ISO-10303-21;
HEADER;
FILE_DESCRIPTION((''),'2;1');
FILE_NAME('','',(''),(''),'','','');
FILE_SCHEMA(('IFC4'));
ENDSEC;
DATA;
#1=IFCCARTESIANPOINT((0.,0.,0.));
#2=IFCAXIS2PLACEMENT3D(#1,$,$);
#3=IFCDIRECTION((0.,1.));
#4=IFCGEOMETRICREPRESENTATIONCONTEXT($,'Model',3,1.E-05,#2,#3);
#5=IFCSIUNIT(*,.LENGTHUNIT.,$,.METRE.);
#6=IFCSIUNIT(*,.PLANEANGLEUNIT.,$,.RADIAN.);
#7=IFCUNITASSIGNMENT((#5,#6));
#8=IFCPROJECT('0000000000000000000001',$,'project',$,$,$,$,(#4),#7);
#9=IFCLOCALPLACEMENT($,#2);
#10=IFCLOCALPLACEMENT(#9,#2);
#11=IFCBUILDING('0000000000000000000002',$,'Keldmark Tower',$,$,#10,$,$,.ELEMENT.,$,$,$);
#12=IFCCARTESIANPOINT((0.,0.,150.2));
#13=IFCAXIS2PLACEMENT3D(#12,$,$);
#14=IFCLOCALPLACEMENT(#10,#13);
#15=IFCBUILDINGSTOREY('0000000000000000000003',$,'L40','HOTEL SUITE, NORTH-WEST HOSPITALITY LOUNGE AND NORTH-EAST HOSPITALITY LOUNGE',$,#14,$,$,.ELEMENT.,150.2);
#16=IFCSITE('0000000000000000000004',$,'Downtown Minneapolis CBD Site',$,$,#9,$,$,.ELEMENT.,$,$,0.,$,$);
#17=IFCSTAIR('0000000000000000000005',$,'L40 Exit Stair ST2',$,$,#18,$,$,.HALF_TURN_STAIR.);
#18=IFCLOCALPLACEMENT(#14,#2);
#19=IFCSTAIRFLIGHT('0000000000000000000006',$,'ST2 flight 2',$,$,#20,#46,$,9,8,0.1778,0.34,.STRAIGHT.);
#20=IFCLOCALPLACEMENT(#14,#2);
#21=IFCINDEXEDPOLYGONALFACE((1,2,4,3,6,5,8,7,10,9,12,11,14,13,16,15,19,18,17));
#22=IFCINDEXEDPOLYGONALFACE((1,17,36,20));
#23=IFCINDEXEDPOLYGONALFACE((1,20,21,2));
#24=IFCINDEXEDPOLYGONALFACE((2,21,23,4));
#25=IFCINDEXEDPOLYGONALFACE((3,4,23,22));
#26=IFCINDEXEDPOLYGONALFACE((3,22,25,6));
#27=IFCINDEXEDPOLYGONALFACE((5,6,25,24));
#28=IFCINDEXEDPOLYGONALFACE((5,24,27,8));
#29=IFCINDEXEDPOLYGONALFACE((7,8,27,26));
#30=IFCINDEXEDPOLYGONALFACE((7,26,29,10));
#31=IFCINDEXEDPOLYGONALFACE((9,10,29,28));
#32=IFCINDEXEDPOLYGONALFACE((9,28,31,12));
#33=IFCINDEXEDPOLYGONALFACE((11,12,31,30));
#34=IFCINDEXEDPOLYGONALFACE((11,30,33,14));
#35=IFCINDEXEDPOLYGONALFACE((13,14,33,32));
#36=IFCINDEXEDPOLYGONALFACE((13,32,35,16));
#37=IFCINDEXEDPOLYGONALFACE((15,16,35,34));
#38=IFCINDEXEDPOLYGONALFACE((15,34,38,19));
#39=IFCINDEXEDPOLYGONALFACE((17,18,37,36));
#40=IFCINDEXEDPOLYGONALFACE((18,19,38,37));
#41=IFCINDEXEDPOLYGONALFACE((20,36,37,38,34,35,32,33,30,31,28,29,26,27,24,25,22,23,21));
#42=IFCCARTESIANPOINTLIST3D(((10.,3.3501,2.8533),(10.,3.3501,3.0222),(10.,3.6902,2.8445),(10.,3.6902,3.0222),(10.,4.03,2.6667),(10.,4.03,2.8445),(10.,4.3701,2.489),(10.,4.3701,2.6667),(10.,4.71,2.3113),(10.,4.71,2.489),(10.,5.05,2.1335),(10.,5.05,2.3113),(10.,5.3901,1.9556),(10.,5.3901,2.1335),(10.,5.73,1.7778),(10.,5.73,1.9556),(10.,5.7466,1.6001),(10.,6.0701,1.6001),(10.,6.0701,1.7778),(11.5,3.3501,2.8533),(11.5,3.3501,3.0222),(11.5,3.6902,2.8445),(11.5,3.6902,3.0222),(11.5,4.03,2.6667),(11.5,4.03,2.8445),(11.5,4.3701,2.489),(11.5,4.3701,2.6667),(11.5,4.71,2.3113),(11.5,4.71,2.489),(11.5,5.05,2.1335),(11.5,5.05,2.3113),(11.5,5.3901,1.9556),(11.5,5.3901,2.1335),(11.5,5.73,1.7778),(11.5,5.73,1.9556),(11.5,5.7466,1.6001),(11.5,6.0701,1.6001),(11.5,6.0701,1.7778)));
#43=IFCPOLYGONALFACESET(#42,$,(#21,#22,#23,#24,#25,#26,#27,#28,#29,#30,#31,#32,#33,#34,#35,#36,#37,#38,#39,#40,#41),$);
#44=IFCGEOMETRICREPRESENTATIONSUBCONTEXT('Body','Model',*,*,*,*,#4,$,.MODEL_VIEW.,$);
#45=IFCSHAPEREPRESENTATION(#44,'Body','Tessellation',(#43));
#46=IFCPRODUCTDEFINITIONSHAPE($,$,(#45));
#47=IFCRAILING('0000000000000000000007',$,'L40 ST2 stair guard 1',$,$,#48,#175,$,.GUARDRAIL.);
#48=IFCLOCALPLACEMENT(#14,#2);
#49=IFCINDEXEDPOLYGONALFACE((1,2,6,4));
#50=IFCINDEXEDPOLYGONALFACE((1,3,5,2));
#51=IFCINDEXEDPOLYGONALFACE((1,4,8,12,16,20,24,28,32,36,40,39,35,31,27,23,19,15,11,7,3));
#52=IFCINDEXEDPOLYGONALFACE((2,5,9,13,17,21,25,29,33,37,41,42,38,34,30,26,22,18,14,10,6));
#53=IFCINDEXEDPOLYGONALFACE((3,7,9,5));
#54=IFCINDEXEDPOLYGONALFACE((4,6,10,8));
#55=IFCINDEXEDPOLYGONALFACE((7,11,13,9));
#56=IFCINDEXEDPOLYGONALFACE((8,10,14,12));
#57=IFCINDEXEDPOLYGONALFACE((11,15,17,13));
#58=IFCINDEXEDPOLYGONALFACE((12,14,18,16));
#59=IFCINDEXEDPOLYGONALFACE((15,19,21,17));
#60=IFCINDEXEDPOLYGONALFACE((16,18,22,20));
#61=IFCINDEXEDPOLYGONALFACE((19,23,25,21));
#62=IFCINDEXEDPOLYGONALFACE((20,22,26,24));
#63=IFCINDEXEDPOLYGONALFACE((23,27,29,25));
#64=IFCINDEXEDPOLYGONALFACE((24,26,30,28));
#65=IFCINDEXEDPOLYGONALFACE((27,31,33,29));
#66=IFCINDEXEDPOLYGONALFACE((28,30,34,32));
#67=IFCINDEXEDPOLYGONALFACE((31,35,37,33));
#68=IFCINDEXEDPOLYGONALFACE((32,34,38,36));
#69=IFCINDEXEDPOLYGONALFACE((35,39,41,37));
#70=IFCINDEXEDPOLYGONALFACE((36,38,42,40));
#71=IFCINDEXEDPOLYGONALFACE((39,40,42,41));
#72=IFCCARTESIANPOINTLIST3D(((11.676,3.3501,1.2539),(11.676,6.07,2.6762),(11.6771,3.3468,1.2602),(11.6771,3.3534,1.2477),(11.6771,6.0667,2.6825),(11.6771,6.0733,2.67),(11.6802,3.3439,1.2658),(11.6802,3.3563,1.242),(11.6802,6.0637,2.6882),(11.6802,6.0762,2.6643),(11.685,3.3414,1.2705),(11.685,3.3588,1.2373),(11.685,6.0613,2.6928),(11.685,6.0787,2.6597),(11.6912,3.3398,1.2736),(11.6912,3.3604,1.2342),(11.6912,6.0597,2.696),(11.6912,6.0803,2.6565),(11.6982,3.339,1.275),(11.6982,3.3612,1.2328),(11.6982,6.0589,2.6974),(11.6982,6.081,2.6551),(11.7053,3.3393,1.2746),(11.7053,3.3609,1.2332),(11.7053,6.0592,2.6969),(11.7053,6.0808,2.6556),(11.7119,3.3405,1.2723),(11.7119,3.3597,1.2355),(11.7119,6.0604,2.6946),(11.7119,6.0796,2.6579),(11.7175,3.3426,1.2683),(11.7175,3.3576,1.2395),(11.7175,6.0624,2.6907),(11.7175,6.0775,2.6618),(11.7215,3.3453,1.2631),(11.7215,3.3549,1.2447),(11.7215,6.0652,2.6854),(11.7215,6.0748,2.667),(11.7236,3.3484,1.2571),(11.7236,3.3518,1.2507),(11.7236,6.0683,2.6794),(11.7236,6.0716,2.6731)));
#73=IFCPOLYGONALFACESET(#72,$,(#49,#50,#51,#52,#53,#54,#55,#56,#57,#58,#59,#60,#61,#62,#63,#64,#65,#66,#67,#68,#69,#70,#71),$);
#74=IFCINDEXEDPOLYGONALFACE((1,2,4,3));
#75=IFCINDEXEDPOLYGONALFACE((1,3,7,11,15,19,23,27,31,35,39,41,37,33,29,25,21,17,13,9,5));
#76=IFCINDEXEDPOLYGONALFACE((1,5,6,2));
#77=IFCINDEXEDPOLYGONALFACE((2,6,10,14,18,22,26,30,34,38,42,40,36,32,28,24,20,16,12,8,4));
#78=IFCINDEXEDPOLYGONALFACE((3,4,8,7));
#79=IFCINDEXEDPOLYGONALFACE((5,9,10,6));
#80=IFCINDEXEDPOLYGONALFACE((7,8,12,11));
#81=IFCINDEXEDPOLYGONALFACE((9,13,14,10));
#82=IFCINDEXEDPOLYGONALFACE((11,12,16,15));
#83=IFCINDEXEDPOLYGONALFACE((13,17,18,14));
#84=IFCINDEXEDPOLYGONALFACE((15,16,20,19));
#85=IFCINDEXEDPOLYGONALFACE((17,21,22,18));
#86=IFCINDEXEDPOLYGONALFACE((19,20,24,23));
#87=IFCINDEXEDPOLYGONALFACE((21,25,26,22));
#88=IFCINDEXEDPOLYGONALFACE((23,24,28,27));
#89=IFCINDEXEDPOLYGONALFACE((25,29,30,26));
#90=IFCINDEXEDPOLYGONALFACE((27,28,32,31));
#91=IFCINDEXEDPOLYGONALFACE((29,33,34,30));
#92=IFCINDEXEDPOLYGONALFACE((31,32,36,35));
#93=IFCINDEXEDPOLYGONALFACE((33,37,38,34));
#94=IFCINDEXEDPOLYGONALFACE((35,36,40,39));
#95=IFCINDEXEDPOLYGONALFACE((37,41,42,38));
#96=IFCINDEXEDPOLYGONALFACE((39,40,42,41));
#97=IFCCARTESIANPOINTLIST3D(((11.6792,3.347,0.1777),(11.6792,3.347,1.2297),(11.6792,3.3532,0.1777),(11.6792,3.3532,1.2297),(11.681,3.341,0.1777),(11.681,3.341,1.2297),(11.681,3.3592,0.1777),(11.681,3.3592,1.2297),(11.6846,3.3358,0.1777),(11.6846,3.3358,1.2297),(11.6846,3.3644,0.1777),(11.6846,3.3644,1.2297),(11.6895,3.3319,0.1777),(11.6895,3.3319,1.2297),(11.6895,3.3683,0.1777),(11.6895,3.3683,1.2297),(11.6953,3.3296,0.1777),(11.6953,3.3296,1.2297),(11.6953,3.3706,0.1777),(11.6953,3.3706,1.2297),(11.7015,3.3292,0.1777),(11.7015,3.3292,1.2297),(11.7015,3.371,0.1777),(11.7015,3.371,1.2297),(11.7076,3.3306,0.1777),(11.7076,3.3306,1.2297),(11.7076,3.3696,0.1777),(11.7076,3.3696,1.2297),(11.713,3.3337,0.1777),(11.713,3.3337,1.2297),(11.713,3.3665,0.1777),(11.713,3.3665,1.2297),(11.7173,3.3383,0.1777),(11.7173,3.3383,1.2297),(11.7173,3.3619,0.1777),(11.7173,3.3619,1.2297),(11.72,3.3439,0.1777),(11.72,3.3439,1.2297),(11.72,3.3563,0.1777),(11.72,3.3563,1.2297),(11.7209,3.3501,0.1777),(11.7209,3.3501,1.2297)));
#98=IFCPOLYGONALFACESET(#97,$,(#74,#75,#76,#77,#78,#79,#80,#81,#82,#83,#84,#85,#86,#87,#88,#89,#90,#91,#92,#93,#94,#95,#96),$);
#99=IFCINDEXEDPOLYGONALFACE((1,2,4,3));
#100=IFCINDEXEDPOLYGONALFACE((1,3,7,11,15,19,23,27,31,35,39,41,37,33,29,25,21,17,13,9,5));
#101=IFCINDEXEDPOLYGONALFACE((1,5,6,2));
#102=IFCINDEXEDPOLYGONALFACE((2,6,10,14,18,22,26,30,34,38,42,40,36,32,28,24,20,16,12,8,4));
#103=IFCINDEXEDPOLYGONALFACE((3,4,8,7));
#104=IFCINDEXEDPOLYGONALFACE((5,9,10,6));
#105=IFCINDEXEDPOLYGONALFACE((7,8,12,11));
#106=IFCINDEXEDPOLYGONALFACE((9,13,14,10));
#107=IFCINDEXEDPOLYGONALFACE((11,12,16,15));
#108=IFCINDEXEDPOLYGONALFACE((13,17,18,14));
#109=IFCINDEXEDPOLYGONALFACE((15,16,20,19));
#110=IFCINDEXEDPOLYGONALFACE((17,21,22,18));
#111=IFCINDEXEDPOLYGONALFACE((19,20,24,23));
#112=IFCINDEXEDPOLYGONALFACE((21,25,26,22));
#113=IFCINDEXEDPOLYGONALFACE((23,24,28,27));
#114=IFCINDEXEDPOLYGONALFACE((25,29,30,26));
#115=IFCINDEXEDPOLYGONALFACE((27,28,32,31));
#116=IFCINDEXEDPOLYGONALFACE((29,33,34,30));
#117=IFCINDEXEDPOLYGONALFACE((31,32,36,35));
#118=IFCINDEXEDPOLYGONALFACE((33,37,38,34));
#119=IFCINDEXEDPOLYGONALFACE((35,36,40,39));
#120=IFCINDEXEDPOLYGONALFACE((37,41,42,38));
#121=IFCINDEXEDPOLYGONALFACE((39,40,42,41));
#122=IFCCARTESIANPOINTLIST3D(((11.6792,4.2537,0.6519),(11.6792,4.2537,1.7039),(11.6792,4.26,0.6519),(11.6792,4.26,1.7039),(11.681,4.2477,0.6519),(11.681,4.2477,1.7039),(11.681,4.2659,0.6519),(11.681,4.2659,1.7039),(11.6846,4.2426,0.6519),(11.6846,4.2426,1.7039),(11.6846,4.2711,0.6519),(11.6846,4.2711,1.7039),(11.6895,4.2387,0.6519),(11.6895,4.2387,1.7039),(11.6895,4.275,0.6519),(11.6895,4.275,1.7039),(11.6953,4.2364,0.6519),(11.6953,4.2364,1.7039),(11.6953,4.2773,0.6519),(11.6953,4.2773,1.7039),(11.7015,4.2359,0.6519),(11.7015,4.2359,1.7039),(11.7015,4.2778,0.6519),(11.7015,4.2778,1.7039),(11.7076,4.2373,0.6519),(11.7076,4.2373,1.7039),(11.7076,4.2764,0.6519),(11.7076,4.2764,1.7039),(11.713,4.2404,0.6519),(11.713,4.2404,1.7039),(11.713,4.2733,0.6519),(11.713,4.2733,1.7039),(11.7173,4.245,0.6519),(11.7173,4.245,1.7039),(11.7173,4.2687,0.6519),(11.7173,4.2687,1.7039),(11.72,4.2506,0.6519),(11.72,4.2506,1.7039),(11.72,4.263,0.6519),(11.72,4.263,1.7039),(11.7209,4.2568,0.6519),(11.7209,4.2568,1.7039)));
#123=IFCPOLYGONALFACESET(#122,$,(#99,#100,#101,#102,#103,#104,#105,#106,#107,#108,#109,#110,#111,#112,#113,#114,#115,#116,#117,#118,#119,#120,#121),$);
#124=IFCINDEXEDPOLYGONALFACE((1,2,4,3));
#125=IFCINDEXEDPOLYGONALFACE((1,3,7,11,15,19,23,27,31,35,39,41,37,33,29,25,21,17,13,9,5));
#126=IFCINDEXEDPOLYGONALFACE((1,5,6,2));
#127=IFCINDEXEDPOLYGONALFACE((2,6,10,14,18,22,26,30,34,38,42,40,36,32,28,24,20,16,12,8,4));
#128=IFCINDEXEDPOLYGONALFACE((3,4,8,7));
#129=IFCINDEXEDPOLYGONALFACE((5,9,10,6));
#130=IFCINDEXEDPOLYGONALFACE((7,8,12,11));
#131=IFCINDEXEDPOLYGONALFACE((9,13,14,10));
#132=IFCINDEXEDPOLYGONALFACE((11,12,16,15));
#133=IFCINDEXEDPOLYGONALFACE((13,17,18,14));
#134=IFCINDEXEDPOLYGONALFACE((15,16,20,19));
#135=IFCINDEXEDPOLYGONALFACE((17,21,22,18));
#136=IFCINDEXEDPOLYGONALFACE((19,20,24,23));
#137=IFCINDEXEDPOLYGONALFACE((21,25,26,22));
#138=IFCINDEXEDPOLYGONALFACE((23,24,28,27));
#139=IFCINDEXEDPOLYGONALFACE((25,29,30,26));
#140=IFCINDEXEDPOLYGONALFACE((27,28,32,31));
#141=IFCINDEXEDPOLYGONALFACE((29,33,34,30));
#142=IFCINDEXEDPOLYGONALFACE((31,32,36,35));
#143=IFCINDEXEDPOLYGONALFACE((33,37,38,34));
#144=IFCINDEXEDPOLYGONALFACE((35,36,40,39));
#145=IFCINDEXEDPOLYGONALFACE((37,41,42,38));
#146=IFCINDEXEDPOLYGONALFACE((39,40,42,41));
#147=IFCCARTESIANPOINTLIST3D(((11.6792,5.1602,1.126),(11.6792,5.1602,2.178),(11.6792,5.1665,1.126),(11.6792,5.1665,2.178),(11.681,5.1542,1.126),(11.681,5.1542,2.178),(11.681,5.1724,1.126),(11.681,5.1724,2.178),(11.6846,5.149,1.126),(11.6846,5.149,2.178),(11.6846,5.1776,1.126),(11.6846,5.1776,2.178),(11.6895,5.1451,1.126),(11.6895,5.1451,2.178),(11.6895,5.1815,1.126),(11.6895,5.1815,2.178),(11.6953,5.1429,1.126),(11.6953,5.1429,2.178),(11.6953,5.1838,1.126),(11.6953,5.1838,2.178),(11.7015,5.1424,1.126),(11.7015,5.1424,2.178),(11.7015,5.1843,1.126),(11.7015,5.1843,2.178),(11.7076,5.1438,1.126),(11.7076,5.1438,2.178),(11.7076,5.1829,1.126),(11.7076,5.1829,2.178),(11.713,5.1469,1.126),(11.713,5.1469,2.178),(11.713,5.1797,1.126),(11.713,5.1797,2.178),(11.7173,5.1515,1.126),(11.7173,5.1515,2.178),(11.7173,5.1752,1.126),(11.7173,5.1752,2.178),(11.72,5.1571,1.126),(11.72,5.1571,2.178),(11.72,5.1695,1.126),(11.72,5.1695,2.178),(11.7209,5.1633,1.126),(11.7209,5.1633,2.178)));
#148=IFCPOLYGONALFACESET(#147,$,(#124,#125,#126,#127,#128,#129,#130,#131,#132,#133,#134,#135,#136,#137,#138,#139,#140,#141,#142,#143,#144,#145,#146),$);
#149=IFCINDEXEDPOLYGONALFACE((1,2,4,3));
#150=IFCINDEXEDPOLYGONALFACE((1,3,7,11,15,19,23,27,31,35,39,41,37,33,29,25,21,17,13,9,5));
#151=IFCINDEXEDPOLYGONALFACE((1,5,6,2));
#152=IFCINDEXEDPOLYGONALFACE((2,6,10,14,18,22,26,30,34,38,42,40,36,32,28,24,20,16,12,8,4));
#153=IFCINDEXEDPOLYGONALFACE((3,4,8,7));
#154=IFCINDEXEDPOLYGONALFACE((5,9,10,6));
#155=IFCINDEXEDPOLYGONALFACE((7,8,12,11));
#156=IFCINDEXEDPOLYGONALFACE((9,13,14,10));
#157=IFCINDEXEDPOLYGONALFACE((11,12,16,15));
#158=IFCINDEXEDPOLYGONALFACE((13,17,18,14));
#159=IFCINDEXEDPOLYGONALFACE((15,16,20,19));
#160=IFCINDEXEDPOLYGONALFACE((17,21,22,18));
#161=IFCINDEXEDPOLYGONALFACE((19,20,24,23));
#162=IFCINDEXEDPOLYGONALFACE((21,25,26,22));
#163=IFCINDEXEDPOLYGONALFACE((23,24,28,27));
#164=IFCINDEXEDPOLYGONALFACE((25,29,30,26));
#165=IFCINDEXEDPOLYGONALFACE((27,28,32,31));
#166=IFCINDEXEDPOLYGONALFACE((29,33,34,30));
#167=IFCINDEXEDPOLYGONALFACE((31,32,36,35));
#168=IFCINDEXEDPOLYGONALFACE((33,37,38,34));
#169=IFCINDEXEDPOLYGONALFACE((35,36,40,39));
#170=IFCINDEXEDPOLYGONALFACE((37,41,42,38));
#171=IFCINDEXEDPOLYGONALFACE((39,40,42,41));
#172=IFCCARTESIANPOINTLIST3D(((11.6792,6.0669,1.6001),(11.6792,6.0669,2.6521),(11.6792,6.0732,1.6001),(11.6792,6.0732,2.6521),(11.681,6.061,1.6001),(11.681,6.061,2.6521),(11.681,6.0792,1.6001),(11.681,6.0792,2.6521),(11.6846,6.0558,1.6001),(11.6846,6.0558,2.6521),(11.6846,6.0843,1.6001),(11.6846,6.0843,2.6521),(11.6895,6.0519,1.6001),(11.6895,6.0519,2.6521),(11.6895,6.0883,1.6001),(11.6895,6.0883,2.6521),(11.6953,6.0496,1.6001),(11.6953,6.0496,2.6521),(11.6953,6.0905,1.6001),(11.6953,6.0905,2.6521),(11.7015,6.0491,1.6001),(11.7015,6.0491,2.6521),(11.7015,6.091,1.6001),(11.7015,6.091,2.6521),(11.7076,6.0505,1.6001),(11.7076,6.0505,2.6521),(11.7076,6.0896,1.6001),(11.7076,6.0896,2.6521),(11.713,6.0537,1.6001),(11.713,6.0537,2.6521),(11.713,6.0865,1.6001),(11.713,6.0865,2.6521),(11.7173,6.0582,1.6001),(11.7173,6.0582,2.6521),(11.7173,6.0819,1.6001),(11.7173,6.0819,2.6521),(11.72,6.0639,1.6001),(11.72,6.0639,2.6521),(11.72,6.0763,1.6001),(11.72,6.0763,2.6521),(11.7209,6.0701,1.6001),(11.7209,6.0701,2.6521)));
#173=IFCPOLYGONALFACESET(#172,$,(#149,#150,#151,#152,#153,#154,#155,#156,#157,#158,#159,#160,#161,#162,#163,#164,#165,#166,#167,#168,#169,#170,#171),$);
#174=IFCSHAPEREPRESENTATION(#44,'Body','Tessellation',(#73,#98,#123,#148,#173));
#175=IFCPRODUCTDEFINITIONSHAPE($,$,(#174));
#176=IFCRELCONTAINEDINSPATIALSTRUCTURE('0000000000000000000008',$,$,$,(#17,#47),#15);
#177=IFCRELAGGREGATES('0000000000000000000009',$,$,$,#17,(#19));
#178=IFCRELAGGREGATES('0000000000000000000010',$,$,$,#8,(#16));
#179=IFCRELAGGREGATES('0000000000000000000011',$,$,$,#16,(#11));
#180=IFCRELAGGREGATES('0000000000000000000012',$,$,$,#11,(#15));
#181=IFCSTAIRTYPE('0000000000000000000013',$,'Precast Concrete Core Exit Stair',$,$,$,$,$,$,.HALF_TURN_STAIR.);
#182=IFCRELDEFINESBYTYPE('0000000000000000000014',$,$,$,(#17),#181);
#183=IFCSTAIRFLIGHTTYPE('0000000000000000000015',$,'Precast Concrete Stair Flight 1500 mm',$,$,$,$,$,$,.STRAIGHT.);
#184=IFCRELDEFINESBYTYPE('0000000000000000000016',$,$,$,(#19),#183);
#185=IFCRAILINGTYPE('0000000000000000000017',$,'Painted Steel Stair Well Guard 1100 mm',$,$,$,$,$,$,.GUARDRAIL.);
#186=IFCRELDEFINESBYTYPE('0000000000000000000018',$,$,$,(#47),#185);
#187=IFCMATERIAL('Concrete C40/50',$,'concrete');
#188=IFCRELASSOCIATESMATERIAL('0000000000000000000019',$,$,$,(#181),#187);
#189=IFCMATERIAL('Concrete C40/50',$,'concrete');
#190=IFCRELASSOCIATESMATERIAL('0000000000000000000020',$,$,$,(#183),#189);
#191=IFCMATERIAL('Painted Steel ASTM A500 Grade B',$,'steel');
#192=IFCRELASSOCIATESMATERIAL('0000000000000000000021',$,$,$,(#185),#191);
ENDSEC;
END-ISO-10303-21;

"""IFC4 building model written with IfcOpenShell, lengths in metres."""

from ifc_helpers import new_model, si_unit, direction, frame, origin, origin_2d, place, context, subcontext, project, spatial, polyline, circle, outline, extrude, material, type_object, element, aggregate, save


model = new_model("IFC4")

# Units and contexts
model_context = context("Model", 3, precision=1e-05, world=origin(), true_north=direction((0.0, 1.0)))
body_context = subcontext(model_context, "Body", "Model", "MODEL_VIEW")
ifc_project = project(units=[si_unit("LENGTHUNIT", "METRE"), si_unit("PLANEANGLEUNIT", "RADIAN")], contexts=[model_context])

# Site, building, storey
site_placement = place(None, origin())
site = spatial("IfcSite", under=ifc_project, at=site_placement, Name="Downtown Minneapolis CBD Site", CompositionType="ELEMENT", RefElevation=0.0)
building_placement = place(site_placement, origin())
building = spatial("IfcBuilding", under=site, at=building_placement, Name="Keldmark Tower", CompositionType="ELEMENT")
storey_placement = place(building_placement, frame((0.0, 0.0, 150.2)))
storey = spatial("IfcBuildingStorey", under=building, at=storey_placement, Name="L40", Description="HOTEL SUITE, NORTH-WEST HOSPITALITY LOUNGE AND NORTH-EAST HOSPITALITY LOUNGE", CompositionType="ELEMENT", Elevation=150.2)

# Stair, stair flight
ifc_material_1 = material(Name="Concrete C40/50", Category="concrete")
stair_type = type_object("IfcStairType", Name="Precast Concrete Core Exit Stair", PredefinedType="HALF_TURN_STAIR", material=ifc_material_1)
stair_placement = place(storey_placement, origin())
stair = element("IfcStair", 1, at=stair_placement, inside=storey, type_object=stair_type, Name="L40 Exit Stair ST2", PredefinedType="HALF_TURN_STAIR")
ifc_material_2 = material(Name="Concrete C40/50", Category="concrete")
stair_flight_type = type_object("IfcStairFlightType", Name="Precast Concrete Stair Flight 1500 mm", PredefinedType="STRAIGHT", material=ifc_material_2)
stair_flight_1_placement = place(storey_placement, frame((10.75, 6.0701, 1.6001), z_axis=(0.0, 0.0, 1.0), x_axis=(0.0, -1.0, 0.0)))
stair_flight_1 = element("IfcStairFlight", 2, at=stair_flight_1_placement, type_object=stair_flight_type, Name="ST2 flight 2", NumberOfRisers=9, NumberOfTreads=8, PredefinedType="STRAIGHT", RiserHeight=0.1778, TreadLength=0.34, context=body_context, shape_type="SweptSolid", body=[
    extrude(outline(polyline([(0.0, 0.0), (0.0, 0.1777), (0.3401, 0.1777), (0.3401, 0.3555), (0.6799, 0.3555), (0.6799, 0.5334), (1.02, 0.5334), (1.02, 0.7112), (1.3601, 0.7112), (1.3601, 0.8889), (1.7, 0.8889), (1.7, 1.0667), (2.04, 1.0667), (2.04, 1.2444), (2.3799, 1.2444), (2.3799, 1.4221), (2.72, 1.4221), (2.72, 1.6001), (2.72, 1.2532), (0.3235, 0.0), (0.0, 0.0)])), frame((0.0, 0.75, 0.0), z_axis=(0.0, -1.0, 0.0), x_axis=(1.0, 0.0, 0.0)), (0.0, 0.0, 1.0), 1.5),
])
aggregate(stair, [stair_flight_1])

# Railing
ifc_material_3 = material(Name="Painted Steel ASTM A500 Grade B", Category="steel")
railing_type_1 = type_object("IfcRailingType", Name="Painted Steel Stair Well Guard 1100 mm", PredefinedType="GUARDRAIL", material=ifc_material_3)
railing_1_placement = place(storey_placement, frame((11.7, 3.3501, 0.1777)))
element("IfcRailing", 3, at=railing_1_placement, inside=storey, type_object=railing_type_1, Name="L40 ST2 stair guard 1", PredefinedType="GUARDRAIL", context=body_context, shape_type="SweptSolid", body=[
    extrude(circle(Radius=0.0239, at=origin_2d()), frame((0.0, 0.0, 1.0762), z_axis=(0.0, 0.88615, 0.463398), x_axis=(-1.0, 0.0, 0.0)), (0.0, 0.0, 1.0), 3.0693),
    extrude(circle(Radius=0.021, at=origin_2d()), origin(), (0.0, 0.0, 1.0), 1.052),
    extrude(circle(Radius=0.021, at=origin_2d()), frame((0.0, 0.9067, 0.4741)), (0.0, 0.0, 1.0), 1.052),
    extrude(circle(Radius=0.021, at=origin_2d()), frame((0.0, 1.8132, 0.9482)), (0.0, 0.0, 1.0), 1.052),
    extrude(circle(Radius=0.021, at=origin_2d()), frame((0.0, 2.72, 1.4224)), (0.0, 0.0, 1.0), 1.052),
])

save(model, "model.ifc")
